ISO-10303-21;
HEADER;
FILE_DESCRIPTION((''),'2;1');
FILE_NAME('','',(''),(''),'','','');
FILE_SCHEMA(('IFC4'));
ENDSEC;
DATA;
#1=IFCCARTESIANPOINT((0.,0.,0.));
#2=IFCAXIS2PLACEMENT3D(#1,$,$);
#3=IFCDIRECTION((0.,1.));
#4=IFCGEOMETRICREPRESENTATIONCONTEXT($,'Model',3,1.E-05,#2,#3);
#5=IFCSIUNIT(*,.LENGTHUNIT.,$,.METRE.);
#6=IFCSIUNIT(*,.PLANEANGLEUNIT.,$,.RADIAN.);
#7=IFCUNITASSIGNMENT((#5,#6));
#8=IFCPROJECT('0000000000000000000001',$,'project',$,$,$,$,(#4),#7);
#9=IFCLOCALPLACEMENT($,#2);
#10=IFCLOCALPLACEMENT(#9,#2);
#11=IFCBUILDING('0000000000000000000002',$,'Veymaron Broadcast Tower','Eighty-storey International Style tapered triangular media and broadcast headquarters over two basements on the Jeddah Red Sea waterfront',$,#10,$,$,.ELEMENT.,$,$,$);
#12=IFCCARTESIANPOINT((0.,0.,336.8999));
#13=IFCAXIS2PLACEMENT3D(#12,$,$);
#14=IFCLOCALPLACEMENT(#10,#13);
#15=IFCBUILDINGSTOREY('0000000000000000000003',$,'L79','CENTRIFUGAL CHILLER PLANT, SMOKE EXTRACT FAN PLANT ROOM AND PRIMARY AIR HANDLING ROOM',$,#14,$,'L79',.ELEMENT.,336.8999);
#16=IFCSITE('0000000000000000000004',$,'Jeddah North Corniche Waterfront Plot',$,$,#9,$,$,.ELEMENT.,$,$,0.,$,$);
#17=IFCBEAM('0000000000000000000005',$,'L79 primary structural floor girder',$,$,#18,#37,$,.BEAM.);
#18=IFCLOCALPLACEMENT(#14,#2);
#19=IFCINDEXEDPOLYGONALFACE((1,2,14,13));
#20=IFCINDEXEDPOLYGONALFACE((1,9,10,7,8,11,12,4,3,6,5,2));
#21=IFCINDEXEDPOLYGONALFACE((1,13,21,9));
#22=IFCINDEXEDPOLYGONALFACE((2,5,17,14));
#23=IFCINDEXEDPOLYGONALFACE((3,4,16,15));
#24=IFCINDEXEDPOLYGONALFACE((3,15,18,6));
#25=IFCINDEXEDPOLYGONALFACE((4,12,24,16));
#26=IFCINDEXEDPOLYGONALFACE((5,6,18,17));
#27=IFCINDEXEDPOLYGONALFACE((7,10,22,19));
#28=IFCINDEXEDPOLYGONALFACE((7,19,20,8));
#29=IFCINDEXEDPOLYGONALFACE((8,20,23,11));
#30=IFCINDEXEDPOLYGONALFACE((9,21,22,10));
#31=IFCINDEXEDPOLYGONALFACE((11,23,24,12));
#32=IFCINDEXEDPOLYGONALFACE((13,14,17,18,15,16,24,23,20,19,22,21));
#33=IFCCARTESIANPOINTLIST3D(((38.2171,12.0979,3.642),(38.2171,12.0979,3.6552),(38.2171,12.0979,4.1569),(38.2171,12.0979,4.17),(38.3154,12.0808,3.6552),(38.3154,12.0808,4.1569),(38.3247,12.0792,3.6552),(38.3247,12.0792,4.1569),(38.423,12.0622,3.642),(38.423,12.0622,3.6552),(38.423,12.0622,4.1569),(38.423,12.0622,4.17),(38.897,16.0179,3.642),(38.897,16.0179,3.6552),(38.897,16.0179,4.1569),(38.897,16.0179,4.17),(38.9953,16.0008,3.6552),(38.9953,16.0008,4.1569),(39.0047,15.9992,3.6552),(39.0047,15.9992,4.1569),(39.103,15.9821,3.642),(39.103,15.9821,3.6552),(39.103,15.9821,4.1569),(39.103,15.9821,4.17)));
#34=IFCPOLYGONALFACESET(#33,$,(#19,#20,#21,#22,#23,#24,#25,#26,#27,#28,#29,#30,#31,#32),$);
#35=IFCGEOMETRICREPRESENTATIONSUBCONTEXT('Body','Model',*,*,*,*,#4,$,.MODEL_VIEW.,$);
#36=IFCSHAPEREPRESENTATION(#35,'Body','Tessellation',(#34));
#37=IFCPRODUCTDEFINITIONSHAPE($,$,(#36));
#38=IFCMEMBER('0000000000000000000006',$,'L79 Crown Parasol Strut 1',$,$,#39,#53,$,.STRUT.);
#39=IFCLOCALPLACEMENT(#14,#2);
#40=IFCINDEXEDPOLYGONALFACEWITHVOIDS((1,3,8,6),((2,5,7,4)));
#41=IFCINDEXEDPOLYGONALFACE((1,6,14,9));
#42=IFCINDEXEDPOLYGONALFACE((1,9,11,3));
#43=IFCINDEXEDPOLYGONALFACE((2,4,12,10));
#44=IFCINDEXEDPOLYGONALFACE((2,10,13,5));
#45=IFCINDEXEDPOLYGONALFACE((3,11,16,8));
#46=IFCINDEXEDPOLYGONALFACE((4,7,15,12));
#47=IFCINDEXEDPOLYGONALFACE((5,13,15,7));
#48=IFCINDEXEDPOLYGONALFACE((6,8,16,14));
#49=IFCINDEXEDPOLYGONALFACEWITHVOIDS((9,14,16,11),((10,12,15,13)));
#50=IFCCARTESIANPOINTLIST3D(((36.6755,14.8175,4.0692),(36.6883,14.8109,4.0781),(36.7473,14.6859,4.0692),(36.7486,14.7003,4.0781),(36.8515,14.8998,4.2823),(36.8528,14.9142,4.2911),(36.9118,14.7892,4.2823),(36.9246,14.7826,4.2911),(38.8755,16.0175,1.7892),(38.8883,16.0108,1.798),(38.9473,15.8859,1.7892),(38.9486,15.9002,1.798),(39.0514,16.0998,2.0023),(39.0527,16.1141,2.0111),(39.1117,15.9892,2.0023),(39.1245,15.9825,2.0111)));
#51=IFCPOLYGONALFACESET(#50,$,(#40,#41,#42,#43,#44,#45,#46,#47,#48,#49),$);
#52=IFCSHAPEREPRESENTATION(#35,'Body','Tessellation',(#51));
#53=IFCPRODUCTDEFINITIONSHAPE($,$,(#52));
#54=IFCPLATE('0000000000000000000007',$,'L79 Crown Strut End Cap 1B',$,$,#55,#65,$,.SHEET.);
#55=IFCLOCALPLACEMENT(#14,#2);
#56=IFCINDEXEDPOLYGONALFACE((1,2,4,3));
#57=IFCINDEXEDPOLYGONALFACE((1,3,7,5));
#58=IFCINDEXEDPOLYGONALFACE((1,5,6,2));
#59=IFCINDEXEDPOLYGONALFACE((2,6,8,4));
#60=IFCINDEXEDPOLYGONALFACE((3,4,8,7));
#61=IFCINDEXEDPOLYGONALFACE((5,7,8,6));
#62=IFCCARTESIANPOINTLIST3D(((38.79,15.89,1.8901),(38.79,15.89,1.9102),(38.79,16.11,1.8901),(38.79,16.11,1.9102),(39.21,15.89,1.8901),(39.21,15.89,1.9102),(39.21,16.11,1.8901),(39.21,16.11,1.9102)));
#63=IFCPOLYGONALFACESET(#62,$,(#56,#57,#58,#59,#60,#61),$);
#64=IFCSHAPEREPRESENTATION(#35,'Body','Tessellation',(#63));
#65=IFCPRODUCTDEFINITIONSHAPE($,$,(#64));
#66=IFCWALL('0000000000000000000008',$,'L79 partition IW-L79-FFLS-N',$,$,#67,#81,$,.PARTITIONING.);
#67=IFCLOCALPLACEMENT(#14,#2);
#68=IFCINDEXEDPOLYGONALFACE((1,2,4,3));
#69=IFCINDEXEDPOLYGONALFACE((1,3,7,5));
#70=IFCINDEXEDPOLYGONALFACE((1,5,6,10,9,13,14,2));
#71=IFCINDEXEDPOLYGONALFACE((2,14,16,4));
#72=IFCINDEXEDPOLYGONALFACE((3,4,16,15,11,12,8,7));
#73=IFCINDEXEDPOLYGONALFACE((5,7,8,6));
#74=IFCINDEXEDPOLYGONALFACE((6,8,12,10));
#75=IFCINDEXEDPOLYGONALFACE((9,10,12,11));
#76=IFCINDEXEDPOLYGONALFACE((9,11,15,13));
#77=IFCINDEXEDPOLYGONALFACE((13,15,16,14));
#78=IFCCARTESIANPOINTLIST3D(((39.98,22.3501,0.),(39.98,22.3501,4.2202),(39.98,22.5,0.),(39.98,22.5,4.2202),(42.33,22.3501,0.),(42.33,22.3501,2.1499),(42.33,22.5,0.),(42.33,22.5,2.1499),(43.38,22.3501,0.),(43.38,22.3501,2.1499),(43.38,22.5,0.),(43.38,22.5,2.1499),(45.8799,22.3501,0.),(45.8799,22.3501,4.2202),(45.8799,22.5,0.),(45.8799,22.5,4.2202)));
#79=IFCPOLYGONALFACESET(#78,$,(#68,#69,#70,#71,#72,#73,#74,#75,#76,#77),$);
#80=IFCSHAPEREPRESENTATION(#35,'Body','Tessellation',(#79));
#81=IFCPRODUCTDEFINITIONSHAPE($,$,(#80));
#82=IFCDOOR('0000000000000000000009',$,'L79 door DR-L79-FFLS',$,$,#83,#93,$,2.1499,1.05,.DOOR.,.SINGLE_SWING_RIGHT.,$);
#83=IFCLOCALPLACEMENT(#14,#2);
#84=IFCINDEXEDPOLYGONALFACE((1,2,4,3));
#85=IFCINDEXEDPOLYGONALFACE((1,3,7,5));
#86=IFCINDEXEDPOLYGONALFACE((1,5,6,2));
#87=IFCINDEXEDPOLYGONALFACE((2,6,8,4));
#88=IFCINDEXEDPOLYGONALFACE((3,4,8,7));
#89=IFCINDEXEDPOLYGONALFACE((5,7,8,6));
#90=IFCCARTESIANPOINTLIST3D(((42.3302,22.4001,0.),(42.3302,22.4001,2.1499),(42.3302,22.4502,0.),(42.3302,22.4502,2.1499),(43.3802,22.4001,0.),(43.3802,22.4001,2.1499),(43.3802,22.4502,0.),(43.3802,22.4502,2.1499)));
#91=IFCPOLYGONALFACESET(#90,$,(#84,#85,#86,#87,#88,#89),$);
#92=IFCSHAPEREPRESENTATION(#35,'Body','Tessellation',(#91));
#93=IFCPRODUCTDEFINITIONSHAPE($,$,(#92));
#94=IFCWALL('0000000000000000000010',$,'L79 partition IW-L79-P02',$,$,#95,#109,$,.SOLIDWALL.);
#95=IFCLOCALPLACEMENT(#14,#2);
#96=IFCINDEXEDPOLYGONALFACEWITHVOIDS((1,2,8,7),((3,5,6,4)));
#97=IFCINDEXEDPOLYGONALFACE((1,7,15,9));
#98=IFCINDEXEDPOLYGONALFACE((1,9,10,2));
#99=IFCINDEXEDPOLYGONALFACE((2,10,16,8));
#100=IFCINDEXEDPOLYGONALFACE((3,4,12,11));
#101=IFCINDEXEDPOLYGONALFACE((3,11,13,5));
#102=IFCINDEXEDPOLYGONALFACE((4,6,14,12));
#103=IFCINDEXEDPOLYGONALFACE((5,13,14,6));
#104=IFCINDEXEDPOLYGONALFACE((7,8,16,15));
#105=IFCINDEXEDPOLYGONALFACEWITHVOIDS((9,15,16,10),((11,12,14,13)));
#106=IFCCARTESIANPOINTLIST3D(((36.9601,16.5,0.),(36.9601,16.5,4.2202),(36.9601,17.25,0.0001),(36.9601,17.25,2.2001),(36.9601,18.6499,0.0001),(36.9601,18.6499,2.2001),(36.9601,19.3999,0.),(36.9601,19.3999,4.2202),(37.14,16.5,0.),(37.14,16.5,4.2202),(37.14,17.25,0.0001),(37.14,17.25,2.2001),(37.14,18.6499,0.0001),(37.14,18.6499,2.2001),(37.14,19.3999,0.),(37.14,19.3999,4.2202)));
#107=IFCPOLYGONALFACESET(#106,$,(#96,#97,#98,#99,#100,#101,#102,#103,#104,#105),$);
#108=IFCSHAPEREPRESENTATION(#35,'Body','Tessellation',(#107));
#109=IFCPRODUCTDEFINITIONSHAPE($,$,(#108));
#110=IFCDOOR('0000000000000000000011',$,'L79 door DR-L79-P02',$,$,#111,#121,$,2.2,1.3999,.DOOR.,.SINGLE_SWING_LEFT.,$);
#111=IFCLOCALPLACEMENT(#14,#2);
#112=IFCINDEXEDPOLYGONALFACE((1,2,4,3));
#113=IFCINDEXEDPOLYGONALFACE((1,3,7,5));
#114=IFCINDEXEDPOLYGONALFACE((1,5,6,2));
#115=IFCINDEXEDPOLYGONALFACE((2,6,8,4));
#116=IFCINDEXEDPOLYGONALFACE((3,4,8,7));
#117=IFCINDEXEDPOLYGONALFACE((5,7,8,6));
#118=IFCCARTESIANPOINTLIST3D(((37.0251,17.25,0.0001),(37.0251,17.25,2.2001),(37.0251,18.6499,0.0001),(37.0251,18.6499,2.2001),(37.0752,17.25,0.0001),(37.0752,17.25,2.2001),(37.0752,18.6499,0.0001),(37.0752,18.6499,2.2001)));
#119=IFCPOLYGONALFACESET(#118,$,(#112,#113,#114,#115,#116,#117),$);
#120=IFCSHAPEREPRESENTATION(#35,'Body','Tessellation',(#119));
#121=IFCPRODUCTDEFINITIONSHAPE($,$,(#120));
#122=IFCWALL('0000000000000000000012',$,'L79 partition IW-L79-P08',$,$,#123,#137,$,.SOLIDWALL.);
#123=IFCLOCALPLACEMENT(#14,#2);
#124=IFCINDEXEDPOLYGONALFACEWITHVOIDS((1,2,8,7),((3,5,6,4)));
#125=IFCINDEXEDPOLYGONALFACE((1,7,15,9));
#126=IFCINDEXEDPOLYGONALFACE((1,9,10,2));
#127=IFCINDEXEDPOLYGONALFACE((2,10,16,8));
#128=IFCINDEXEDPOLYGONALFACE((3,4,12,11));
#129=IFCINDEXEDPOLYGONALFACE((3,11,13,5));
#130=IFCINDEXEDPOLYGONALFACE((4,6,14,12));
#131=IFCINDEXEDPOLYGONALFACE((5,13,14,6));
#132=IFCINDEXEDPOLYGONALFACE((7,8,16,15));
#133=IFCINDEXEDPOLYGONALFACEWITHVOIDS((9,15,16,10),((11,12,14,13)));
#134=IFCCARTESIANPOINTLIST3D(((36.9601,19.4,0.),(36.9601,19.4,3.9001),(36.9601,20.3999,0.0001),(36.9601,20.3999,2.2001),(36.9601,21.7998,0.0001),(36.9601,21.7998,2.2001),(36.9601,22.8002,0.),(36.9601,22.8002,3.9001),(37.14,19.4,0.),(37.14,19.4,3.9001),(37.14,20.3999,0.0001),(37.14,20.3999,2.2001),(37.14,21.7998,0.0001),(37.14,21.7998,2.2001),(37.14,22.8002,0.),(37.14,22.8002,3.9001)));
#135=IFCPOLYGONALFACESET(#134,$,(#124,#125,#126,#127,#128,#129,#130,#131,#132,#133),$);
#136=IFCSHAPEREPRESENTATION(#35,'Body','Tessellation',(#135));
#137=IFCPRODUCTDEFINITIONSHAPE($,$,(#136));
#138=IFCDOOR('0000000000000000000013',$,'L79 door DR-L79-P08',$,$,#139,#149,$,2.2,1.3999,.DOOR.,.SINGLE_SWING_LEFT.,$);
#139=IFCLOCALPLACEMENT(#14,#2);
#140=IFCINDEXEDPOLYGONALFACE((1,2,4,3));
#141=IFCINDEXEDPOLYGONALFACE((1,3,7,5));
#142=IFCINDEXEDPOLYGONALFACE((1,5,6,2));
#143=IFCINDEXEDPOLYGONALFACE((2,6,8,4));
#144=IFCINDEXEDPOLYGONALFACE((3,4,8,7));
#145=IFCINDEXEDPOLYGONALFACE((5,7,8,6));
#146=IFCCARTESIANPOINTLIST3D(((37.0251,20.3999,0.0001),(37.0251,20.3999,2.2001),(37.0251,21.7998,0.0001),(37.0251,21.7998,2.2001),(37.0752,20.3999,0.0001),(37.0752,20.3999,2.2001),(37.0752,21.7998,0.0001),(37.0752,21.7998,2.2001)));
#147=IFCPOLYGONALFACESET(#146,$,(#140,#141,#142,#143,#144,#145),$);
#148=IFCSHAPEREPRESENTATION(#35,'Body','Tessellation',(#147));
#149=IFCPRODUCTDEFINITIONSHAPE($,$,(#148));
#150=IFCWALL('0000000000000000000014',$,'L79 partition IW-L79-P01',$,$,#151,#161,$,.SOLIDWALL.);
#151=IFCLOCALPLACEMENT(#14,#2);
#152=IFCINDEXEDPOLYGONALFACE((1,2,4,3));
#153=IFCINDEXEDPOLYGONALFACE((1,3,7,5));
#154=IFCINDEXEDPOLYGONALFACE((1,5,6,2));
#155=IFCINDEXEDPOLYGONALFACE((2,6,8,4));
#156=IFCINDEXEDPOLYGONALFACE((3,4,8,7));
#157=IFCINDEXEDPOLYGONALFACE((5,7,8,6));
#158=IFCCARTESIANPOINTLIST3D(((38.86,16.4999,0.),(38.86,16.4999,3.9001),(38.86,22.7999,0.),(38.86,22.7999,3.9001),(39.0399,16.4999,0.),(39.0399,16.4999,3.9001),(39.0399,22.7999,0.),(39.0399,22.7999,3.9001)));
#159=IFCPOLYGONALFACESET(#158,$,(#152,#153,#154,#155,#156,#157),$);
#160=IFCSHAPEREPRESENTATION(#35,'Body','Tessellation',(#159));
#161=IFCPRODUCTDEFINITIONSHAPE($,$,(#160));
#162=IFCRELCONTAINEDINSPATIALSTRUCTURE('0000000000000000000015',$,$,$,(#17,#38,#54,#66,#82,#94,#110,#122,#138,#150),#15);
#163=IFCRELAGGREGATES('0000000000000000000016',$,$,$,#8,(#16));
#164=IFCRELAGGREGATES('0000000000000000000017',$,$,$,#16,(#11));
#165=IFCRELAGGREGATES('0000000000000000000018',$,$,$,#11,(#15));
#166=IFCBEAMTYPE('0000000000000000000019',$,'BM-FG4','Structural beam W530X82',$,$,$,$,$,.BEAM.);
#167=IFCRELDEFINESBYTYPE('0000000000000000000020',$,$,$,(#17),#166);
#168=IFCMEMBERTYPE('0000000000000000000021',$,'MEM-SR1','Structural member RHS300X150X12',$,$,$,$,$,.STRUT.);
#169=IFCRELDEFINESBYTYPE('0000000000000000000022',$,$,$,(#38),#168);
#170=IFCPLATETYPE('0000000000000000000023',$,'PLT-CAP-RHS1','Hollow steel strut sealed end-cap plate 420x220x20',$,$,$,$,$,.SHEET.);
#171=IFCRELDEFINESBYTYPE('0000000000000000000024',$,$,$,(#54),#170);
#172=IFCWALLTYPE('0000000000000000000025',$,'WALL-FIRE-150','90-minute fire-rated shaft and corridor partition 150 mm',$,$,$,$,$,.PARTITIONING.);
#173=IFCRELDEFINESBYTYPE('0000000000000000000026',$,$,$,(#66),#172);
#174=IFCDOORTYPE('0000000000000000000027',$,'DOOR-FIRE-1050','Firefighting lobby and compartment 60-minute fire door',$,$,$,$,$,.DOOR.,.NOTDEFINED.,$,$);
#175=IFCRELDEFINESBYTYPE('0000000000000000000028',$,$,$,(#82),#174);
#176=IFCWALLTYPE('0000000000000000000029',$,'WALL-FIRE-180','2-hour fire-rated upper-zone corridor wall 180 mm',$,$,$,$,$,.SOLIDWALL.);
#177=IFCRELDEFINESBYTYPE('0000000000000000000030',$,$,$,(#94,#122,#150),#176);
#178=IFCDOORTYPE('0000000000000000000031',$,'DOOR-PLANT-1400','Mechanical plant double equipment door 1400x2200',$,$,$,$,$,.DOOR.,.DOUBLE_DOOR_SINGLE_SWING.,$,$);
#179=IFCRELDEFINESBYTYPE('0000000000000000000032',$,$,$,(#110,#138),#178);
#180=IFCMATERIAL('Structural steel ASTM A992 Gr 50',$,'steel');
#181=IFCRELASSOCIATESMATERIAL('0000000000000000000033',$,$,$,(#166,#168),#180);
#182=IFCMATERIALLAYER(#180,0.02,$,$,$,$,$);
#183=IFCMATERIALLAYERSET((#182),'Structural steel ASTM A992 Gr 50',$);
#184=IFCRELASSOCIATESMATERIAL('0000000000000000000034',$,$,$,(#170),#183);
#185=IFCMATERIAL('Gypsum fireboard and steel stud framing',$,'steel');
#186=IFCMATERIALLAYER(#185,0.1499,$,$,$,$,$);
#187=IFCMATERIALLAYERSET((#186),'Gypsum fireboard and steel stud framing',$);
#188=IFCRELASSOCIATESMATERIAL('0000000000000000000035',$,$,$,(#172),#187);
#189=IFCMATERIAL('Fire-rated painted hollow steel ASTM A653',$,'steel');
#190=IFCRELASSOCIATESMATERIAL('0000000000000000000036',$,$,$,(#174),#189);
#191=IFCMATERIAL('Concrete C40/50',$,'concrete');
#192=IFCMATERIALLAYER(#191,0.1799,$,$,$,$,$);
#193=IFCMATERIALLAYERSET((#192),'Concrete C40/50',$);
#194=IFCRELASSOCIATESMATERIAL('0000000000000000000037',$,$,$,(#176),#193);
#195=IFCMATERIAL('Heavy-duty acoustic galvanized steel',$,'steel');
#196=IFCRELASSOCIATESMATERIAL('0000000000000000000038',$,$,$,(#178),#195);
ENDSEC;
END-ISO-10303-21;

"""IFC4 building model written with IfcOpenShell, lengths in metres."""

from ifc_helpers import new_model, si_unit, direction, frame, frame_2d, origin, origin_2d, place, context, subcontext, project, spatial, rectangle, hollow_rectangle, i_section, extrude, material, layer, layer_set, material_profile, profile_set, type_object, element, fill, save


model = new_model("IFC4")

# Units and contexts
model_context = context("Model", 3, precision=1e-05, world=origin(), true_north=direction((0.0, 1.0)))
body_context = subcontext(model_context, "Body", "Model", "MODEL_VIEW")
ifc_project = project(units=[si_unit("LENGTHUNIT", "METRE"), si_unit("PLANEANGLEUNIT", "RADIAN")], contexts=[model_context])

# Site, building, storey
site_placement = place(None, origin())
site = spatial("IfcSite", under=ifc_project, at=site_placement, Name="Jeddah North Corniche Waterfront Plot", CompositionType="ELEMENT", RefElevation=0.0)
building_placement = place(site_placement, origin())
building = spatial("IfcBuilding", under=site, at=building_placement, Name="Veymaron Broadcast Tower", Description="Eighty-storey International Style tapered triangular media and broadcast headquarters over two basements on the Jeddah Red Sea waterfront", CompositionType="ELEMENT")
storey_placement = place(building_placement, frame((0.0, 0.0, 336.8999)))
storey = spatial("IfcBuildingStorey", under=building, at=storey_placement, Name="L79", Description="CENTRIFUGAL CHILLER PLANT, SMOKE EXTRACT FAN PLANT ROOM AND PRIMARY AIR HANDLING ROOM", LongName="L79", CompositionType="ELEMENT", Elevation=336.8999)

# Beam
ifc_material_1 = material(Name="Structural steel ASTM A992 Gr 50", Category="steel")
ifc_material_profile_1 = material_profile(ifc_material_1, i_section(OverallWidth=0.209, OverallDepth=0.5281, WebThickness=0.0095, FlangeThickness=0.0132, at=origin_2d()), Name="W530X82")
ifc_profile_set_1 = profile_set([ifc_material_profile_1], Name="Structural steel ASTM A992 Gr 50")
beam_type = type_object("IfcBeamType", Name="BM-FG4", Description="Structural beam W530X82", PredefinedType="BEAM", material=ifc_profile_set_1)
beam_placement = place(storey_placement, frame((39.0, 16.0, 3.906), z_axis=(-0.170903, -0.985288, 0.0), x_axis=(0.985288, -0.170903, 0.0)))
element("IfcBeam", 1, at=beam_placement, inside=storey, type_object=beam_type, Name="L79 primary structural floor girder", PredefinedType="BEAM", context=body_context, shape_type="SweptSolid", body=[
    extrude(i_section(OverallWidth=0.209, OverallDepth=0.5281, WebThickness=0.0095, FlangeThickness=0.0132, at=origin_2d()), origin(), (0.0, 0.0, 1.0), 3.9785),
])

# Member
ifc_material_profile_2 = material_profile(ifc_material_1, hollow_rectangle(XDim=0.1499, YDim=0.3, WallThickness=0.012, at=origin_2d()), Name="RHS300X150X12")
ifc_profile_set_2 = profile_set([ifc_material_profile_2], Name="Structural steel ASTM A992 Gr 50")
member_type = type_object("IfcMemberType", Name="MEM-SR1", Description="Structural member RHS300X150X12", PredefinedType="STRUT", material=ifc_profile_set_2)
member_placement = place(storey_placement, frame((39.0, 16.0, 1.9001), z_axis=(-0.649346, -0.354182, 0.672982), x_axis=(0.478845, -0.877899, 0.0)))
element("IfcMember", 2, at=member_placement, inside=storey, type_object=member_type, Name="L79 Crown Parasol Strut 1", PredefinedType="STRUT", context=body_context, shape_type="SweptSolid", body=[
    extrude(hollow_rectangle(XDim=0.1499, YDim=0.3, WallThickness=0.012, at=origin_2d()), origin(), (0.0, 0.0, 1.0), 3.3879),
])

# Plate
ifc_layer_1 = layer(ifc_material_1, 0.02)
ifc_layer_set_1 = layer_set([ifc_layer_1], Name="Structural steel ASTM A992 Gr 50")
plate_type = type_object("IfcPlateType", Name="PLT-CAP-RHS1", Description="Hollow steel strut sealed end-cap plate 420x220x20", PredefinedType="SHEET", material=ifc_layer_set_1)
plate_placement = place(storey_placement, frame((39.0, 16.0, 1.8901), z_axis=(0.0, 0.0, 1.0), x_axis=(1.0, 0.0, 0.0)))
element("IfcPlate", 3, at=plate_placement, inside=storey, type_object=plate_type, Name="L79 Crown Strut End Cap 1B", PredefinedType="SHEET", context=body_context, shape_type="SweptSolid", body=[
    extrude(rectangle(XDim=0.4199, YDim=0.22, at=origin_2d()), origin(), (0.0, 0.0, 1.0), 0.02),
])

# Walls, openings, doors
ifc_material_2 = material(Name="Gypsum fireboard and steel stud framing", Category="steel")
ifc_layer_2 = layer(ifc_material_2, 0.1499)
ifc_layer_set_2 = layer_set([ifc_layer_2], Name="Gypsum fireboard and steel stud framing")
wall_type_1 = type_object("IfcWallType", Name="WALL-FIRE-150", Description="90-minute fire-rated shaft and corridor partition 150 mm", PredefinedType="PARTITIONING", material=ifc_layer_set_2)
wall_1_placement = place(storey_placement, frame((39.98, 22.425, 0.0), z_axis=(0.0, 0.0, 1.0), x_axis=(1.0, 0.0, 0.0)))
wall_1 = element("IfcWall", 4, at=wall_1_placement, inside=storey, type_object=wall_type_1, Name="L79 partition IW-L79-FFLS-N", PredefinedType="PARTITIONING", context=body_context, shape_type="SweptSolid", body=[
    extrude(rectangle(XDim=5.8999, YDim=0.1499, at=frame_2d((2.95, 0.0))), origin(), (0.0, 0.0, 1.0), 4.2202),
])
opening_1_placement = place(wall_1_placement, frame((2.3501, 0.0, 0.0)))
opening_1 = element("IfcOpeningElement", 5, at=opening_1_placement, cuts=wall_1, PredefinedType="OPENING", context=body_context, shape_type="SweptSolid", body=[
    extrude(rectangle(XDim=1.05, YDim=2.1499, at=frame_2d((0.5249, 1.075))), frame((0.0, 0.085, 0.0), z_axis=(0.0, -1.0, 0.0), x_axis=(1.0, 0.0, 0.0)), (0.0, 0.0, 1.0), 0.1699),
])
ifc_material_3 = material(Name="Fire-rated painted hollow steel ASTM A653", Category="steel")
door_type_1 = type_object("IfcDoorType", Name="DOOR-FIRE-1050", Description="Firefighting lobby and compartment 60-minute fire door", OperationType="NOTDEFINED", PredefinedType="DOOR", material=ifc_material_3)
door_1_placement = place(opening_1_placement, frame((1.05, 0.0, 0.0), z_axis=(0.0, 0.0, 1.0), x_axis=(-1.0, 0.0, 0.0)))
door_1 = element("IfcDoor", 6, at=door_1_placement, inside=storey, type_object=door_type_1, Name="L79 door DR-L79-FFLS", OperationType="SINGLE_SWING_RIGHT", OverallHeight=2.1499, OverallWidth=1.05, PredefinedType="DOOR", context=body_context, shape_type="SweptSolid", body=[
    extrude(rectangle(XDim=1.05, YDim=2.1499, at=frame_2d((0.5249, 1.075))), frame((0.0, 0.0249, 0.0), z_axis=(0.0, -1.0, 0.0), x_axis=(1.0, 0.0, 0.0)), (0.0, 0.0, 1.0), 0.05),
])
fill(opening_1, door_1)
ifc_material_4 = material(Name="Concrete C40/50", Category="concrete")
ifc_layer_3 = layer(ifc_material_4, 0.1799)
ifc_layer_set_3 = layer_set([ifc_layer_3], Name="Concrete C40/50")
wall_type_2 = type_object("IfcWallType", Name="WALL-FIRE-180", Description="2-hour fire-rated upper-zone corridor wall 180 mm", PredefinedType="SOLIDWALL", material=ifc_layer_set_3)
wall_2_placement = place(storey_placement, frame((37.05, 16.5, 0.0), z_axis=(0.0, 0.0, 1.0), x_axis=(0.0, 1.0, 0.0)))
wall_2 = element("IfcWall", 7, at=wall_2_placement, inside=storey, type_object=wall_type_2, Name="L79 partition IW-L79-P02", PredefinedType="SOLIDWALL", context=body_context, shape_type="SweptSolid", body=[
    extrude(rectangle(XDim=2.8999, YDim=0.1799, at=frame_2d((1.45, 0.0))), origin(), (0.0, 0.0, 1.0), 4.2202),
])
opening_2_placement = place(wall_2_placement, frame((0.75, 0.0, 0.0)))
opening_2 = element("IfcOpeningElement", 8, at=opening_2_placement, cuts=wall_2, PredefinedType="OPENING", context=body_context, shape_type="SweptSolid", body=[
    extrude(rectangle(XDim=1.3999, YDim=2.2, at=frame_2d((0.7, 1.1001))), frame((0.0, 0.1001, 0.0), z_axis=(0.0, -1.0, 0.0), x_axis=(1.0, 0.0, 0.0)), (0.0, 0.0, 1.0), 0.2),
])
ifc_material_5 = material(Name="Heavy-duty acoustic galvanized steel", Category="steel")
door_type_2 = type_object("IfcDoorType", Name="DOOR-PLANT-1400", Description="Mechanical plant double equipment door 1400x2200", OperationType="DOUBLE_DOOR_SINGLE_SWING", PredefinedType="DOOR", material=ifc_material_5)
door_2_placement = place(opening_2_placement, origin())
door_2 = element("IfcDoor", 9, at=door_2_placement, inside=storey, type_object=door_type_2, Name="L79 door DR-L79-P02", OperationType="SINGLE_SWING_LEFT", OverallHeight=2.2, OverallWidth=1.3999, PredefinedType="DOOR", context=body_context, shape_type="SweptSolid", body=[
    extrude(rectangle(XDim=1.3999, YDim=2.2, at=frame_2d((0.7, 1.1001))), frame((0.0, 0.0249, 0.0), z_axis=(0.0, -1.0, 0.0), x_axis=(1.0, 0.0, 0.0)), (0.0, 0.0, 1.0), 0.05),
])
fill(opening_2, door_2)
wall_3_placement = place(storey_placement, frame((37.05, 19.3999, 0.0), z_axis=(0.0, 0.0, 1.0), x_axis=(0.0, 1.0, 0.0)))
wall_3 = element("IfcWall", 10, at=wall_3_placement, inside=storey, type_object=wall_type_2, Name="L79 partition IW-L79-P08", PredefinedType="SOLIDWALL", context=body_context, shape_type="SweptSolid", body=[
    extrude(rectangle(XDim=3.4001, YDim=0.1799, at=frame_2d((1.7002, 0.0))), origin(), (0.0, 0.0, 1.0), 3.9001),
])
opening_3_placement = place(wall_3_placement, frame((1.0, 0.0, 0.0)))
opening_3 = element("IfcOpeningElement", 11, at=opening_3_placement, cuts=wall_3, PredefinedType="OPENING", context=body_context, shape_type="SweptSolid", body=[
    extrude(rectangle(XDim=1.3999, YDim=2.2, at=frame_2d((0.7, 1.1001))), frame((0.0, 0.1001, 0.0), z_axis=(0.0, -1.0, 0.0), x_axis=(1.0, 0.0, 0.0)), (0.0, 0.0, 1.0), 0.2),
])
door_3_placement = place(opening_3_placement, origin())
door_3 = element("IfcDoor", 12, at=door_3_placement, inside=storey, type_object=door_type_2, Name="L79 door DR-L79-P08", OperationType="SINGLE_SWING_LEFT", OverallHeight=2.2, OverallWidth=1.3999, PredefinedType="DOOR", context=body_context, shape_type="SweptSolid", body=[
    extrude(rectangle(XDim=1.3999, YDim=2.2, at=frame_2d((0.7, 1.1001))), frame((0.0, 0.0249, 0.0), z_axis=(0.0, -1.0, 0.0), x_axis=(1.0, 0.0, 0.0)), (0.0, 0.0, 1.0), 0.05),
])
fill(opening_3, door_3)

# Wall
wall_4_placement = place(storey_placement, frame((38.95, 16.5, 0.0), z_axis=(0.0, 0.0, 1.0), x_axis=(0.0, 1.0, 0.0)))
element("IfcWall", 13, at=wall_4_placement, inside=storey, type_object=wall_type_2, Name="L79 partition IW-L79-P01", PredefinedType="SOLIDWALL", context=body_context, shape_type="SweptSolid", body=[
    extrude(rectangle(XDim=6.3, YDim=0.1799, at=frame_2d((3.1499, 0.0))), origin(), (0.0, 0.0, 1.0), 3.9001),
])

save(model, "model.ifc")
